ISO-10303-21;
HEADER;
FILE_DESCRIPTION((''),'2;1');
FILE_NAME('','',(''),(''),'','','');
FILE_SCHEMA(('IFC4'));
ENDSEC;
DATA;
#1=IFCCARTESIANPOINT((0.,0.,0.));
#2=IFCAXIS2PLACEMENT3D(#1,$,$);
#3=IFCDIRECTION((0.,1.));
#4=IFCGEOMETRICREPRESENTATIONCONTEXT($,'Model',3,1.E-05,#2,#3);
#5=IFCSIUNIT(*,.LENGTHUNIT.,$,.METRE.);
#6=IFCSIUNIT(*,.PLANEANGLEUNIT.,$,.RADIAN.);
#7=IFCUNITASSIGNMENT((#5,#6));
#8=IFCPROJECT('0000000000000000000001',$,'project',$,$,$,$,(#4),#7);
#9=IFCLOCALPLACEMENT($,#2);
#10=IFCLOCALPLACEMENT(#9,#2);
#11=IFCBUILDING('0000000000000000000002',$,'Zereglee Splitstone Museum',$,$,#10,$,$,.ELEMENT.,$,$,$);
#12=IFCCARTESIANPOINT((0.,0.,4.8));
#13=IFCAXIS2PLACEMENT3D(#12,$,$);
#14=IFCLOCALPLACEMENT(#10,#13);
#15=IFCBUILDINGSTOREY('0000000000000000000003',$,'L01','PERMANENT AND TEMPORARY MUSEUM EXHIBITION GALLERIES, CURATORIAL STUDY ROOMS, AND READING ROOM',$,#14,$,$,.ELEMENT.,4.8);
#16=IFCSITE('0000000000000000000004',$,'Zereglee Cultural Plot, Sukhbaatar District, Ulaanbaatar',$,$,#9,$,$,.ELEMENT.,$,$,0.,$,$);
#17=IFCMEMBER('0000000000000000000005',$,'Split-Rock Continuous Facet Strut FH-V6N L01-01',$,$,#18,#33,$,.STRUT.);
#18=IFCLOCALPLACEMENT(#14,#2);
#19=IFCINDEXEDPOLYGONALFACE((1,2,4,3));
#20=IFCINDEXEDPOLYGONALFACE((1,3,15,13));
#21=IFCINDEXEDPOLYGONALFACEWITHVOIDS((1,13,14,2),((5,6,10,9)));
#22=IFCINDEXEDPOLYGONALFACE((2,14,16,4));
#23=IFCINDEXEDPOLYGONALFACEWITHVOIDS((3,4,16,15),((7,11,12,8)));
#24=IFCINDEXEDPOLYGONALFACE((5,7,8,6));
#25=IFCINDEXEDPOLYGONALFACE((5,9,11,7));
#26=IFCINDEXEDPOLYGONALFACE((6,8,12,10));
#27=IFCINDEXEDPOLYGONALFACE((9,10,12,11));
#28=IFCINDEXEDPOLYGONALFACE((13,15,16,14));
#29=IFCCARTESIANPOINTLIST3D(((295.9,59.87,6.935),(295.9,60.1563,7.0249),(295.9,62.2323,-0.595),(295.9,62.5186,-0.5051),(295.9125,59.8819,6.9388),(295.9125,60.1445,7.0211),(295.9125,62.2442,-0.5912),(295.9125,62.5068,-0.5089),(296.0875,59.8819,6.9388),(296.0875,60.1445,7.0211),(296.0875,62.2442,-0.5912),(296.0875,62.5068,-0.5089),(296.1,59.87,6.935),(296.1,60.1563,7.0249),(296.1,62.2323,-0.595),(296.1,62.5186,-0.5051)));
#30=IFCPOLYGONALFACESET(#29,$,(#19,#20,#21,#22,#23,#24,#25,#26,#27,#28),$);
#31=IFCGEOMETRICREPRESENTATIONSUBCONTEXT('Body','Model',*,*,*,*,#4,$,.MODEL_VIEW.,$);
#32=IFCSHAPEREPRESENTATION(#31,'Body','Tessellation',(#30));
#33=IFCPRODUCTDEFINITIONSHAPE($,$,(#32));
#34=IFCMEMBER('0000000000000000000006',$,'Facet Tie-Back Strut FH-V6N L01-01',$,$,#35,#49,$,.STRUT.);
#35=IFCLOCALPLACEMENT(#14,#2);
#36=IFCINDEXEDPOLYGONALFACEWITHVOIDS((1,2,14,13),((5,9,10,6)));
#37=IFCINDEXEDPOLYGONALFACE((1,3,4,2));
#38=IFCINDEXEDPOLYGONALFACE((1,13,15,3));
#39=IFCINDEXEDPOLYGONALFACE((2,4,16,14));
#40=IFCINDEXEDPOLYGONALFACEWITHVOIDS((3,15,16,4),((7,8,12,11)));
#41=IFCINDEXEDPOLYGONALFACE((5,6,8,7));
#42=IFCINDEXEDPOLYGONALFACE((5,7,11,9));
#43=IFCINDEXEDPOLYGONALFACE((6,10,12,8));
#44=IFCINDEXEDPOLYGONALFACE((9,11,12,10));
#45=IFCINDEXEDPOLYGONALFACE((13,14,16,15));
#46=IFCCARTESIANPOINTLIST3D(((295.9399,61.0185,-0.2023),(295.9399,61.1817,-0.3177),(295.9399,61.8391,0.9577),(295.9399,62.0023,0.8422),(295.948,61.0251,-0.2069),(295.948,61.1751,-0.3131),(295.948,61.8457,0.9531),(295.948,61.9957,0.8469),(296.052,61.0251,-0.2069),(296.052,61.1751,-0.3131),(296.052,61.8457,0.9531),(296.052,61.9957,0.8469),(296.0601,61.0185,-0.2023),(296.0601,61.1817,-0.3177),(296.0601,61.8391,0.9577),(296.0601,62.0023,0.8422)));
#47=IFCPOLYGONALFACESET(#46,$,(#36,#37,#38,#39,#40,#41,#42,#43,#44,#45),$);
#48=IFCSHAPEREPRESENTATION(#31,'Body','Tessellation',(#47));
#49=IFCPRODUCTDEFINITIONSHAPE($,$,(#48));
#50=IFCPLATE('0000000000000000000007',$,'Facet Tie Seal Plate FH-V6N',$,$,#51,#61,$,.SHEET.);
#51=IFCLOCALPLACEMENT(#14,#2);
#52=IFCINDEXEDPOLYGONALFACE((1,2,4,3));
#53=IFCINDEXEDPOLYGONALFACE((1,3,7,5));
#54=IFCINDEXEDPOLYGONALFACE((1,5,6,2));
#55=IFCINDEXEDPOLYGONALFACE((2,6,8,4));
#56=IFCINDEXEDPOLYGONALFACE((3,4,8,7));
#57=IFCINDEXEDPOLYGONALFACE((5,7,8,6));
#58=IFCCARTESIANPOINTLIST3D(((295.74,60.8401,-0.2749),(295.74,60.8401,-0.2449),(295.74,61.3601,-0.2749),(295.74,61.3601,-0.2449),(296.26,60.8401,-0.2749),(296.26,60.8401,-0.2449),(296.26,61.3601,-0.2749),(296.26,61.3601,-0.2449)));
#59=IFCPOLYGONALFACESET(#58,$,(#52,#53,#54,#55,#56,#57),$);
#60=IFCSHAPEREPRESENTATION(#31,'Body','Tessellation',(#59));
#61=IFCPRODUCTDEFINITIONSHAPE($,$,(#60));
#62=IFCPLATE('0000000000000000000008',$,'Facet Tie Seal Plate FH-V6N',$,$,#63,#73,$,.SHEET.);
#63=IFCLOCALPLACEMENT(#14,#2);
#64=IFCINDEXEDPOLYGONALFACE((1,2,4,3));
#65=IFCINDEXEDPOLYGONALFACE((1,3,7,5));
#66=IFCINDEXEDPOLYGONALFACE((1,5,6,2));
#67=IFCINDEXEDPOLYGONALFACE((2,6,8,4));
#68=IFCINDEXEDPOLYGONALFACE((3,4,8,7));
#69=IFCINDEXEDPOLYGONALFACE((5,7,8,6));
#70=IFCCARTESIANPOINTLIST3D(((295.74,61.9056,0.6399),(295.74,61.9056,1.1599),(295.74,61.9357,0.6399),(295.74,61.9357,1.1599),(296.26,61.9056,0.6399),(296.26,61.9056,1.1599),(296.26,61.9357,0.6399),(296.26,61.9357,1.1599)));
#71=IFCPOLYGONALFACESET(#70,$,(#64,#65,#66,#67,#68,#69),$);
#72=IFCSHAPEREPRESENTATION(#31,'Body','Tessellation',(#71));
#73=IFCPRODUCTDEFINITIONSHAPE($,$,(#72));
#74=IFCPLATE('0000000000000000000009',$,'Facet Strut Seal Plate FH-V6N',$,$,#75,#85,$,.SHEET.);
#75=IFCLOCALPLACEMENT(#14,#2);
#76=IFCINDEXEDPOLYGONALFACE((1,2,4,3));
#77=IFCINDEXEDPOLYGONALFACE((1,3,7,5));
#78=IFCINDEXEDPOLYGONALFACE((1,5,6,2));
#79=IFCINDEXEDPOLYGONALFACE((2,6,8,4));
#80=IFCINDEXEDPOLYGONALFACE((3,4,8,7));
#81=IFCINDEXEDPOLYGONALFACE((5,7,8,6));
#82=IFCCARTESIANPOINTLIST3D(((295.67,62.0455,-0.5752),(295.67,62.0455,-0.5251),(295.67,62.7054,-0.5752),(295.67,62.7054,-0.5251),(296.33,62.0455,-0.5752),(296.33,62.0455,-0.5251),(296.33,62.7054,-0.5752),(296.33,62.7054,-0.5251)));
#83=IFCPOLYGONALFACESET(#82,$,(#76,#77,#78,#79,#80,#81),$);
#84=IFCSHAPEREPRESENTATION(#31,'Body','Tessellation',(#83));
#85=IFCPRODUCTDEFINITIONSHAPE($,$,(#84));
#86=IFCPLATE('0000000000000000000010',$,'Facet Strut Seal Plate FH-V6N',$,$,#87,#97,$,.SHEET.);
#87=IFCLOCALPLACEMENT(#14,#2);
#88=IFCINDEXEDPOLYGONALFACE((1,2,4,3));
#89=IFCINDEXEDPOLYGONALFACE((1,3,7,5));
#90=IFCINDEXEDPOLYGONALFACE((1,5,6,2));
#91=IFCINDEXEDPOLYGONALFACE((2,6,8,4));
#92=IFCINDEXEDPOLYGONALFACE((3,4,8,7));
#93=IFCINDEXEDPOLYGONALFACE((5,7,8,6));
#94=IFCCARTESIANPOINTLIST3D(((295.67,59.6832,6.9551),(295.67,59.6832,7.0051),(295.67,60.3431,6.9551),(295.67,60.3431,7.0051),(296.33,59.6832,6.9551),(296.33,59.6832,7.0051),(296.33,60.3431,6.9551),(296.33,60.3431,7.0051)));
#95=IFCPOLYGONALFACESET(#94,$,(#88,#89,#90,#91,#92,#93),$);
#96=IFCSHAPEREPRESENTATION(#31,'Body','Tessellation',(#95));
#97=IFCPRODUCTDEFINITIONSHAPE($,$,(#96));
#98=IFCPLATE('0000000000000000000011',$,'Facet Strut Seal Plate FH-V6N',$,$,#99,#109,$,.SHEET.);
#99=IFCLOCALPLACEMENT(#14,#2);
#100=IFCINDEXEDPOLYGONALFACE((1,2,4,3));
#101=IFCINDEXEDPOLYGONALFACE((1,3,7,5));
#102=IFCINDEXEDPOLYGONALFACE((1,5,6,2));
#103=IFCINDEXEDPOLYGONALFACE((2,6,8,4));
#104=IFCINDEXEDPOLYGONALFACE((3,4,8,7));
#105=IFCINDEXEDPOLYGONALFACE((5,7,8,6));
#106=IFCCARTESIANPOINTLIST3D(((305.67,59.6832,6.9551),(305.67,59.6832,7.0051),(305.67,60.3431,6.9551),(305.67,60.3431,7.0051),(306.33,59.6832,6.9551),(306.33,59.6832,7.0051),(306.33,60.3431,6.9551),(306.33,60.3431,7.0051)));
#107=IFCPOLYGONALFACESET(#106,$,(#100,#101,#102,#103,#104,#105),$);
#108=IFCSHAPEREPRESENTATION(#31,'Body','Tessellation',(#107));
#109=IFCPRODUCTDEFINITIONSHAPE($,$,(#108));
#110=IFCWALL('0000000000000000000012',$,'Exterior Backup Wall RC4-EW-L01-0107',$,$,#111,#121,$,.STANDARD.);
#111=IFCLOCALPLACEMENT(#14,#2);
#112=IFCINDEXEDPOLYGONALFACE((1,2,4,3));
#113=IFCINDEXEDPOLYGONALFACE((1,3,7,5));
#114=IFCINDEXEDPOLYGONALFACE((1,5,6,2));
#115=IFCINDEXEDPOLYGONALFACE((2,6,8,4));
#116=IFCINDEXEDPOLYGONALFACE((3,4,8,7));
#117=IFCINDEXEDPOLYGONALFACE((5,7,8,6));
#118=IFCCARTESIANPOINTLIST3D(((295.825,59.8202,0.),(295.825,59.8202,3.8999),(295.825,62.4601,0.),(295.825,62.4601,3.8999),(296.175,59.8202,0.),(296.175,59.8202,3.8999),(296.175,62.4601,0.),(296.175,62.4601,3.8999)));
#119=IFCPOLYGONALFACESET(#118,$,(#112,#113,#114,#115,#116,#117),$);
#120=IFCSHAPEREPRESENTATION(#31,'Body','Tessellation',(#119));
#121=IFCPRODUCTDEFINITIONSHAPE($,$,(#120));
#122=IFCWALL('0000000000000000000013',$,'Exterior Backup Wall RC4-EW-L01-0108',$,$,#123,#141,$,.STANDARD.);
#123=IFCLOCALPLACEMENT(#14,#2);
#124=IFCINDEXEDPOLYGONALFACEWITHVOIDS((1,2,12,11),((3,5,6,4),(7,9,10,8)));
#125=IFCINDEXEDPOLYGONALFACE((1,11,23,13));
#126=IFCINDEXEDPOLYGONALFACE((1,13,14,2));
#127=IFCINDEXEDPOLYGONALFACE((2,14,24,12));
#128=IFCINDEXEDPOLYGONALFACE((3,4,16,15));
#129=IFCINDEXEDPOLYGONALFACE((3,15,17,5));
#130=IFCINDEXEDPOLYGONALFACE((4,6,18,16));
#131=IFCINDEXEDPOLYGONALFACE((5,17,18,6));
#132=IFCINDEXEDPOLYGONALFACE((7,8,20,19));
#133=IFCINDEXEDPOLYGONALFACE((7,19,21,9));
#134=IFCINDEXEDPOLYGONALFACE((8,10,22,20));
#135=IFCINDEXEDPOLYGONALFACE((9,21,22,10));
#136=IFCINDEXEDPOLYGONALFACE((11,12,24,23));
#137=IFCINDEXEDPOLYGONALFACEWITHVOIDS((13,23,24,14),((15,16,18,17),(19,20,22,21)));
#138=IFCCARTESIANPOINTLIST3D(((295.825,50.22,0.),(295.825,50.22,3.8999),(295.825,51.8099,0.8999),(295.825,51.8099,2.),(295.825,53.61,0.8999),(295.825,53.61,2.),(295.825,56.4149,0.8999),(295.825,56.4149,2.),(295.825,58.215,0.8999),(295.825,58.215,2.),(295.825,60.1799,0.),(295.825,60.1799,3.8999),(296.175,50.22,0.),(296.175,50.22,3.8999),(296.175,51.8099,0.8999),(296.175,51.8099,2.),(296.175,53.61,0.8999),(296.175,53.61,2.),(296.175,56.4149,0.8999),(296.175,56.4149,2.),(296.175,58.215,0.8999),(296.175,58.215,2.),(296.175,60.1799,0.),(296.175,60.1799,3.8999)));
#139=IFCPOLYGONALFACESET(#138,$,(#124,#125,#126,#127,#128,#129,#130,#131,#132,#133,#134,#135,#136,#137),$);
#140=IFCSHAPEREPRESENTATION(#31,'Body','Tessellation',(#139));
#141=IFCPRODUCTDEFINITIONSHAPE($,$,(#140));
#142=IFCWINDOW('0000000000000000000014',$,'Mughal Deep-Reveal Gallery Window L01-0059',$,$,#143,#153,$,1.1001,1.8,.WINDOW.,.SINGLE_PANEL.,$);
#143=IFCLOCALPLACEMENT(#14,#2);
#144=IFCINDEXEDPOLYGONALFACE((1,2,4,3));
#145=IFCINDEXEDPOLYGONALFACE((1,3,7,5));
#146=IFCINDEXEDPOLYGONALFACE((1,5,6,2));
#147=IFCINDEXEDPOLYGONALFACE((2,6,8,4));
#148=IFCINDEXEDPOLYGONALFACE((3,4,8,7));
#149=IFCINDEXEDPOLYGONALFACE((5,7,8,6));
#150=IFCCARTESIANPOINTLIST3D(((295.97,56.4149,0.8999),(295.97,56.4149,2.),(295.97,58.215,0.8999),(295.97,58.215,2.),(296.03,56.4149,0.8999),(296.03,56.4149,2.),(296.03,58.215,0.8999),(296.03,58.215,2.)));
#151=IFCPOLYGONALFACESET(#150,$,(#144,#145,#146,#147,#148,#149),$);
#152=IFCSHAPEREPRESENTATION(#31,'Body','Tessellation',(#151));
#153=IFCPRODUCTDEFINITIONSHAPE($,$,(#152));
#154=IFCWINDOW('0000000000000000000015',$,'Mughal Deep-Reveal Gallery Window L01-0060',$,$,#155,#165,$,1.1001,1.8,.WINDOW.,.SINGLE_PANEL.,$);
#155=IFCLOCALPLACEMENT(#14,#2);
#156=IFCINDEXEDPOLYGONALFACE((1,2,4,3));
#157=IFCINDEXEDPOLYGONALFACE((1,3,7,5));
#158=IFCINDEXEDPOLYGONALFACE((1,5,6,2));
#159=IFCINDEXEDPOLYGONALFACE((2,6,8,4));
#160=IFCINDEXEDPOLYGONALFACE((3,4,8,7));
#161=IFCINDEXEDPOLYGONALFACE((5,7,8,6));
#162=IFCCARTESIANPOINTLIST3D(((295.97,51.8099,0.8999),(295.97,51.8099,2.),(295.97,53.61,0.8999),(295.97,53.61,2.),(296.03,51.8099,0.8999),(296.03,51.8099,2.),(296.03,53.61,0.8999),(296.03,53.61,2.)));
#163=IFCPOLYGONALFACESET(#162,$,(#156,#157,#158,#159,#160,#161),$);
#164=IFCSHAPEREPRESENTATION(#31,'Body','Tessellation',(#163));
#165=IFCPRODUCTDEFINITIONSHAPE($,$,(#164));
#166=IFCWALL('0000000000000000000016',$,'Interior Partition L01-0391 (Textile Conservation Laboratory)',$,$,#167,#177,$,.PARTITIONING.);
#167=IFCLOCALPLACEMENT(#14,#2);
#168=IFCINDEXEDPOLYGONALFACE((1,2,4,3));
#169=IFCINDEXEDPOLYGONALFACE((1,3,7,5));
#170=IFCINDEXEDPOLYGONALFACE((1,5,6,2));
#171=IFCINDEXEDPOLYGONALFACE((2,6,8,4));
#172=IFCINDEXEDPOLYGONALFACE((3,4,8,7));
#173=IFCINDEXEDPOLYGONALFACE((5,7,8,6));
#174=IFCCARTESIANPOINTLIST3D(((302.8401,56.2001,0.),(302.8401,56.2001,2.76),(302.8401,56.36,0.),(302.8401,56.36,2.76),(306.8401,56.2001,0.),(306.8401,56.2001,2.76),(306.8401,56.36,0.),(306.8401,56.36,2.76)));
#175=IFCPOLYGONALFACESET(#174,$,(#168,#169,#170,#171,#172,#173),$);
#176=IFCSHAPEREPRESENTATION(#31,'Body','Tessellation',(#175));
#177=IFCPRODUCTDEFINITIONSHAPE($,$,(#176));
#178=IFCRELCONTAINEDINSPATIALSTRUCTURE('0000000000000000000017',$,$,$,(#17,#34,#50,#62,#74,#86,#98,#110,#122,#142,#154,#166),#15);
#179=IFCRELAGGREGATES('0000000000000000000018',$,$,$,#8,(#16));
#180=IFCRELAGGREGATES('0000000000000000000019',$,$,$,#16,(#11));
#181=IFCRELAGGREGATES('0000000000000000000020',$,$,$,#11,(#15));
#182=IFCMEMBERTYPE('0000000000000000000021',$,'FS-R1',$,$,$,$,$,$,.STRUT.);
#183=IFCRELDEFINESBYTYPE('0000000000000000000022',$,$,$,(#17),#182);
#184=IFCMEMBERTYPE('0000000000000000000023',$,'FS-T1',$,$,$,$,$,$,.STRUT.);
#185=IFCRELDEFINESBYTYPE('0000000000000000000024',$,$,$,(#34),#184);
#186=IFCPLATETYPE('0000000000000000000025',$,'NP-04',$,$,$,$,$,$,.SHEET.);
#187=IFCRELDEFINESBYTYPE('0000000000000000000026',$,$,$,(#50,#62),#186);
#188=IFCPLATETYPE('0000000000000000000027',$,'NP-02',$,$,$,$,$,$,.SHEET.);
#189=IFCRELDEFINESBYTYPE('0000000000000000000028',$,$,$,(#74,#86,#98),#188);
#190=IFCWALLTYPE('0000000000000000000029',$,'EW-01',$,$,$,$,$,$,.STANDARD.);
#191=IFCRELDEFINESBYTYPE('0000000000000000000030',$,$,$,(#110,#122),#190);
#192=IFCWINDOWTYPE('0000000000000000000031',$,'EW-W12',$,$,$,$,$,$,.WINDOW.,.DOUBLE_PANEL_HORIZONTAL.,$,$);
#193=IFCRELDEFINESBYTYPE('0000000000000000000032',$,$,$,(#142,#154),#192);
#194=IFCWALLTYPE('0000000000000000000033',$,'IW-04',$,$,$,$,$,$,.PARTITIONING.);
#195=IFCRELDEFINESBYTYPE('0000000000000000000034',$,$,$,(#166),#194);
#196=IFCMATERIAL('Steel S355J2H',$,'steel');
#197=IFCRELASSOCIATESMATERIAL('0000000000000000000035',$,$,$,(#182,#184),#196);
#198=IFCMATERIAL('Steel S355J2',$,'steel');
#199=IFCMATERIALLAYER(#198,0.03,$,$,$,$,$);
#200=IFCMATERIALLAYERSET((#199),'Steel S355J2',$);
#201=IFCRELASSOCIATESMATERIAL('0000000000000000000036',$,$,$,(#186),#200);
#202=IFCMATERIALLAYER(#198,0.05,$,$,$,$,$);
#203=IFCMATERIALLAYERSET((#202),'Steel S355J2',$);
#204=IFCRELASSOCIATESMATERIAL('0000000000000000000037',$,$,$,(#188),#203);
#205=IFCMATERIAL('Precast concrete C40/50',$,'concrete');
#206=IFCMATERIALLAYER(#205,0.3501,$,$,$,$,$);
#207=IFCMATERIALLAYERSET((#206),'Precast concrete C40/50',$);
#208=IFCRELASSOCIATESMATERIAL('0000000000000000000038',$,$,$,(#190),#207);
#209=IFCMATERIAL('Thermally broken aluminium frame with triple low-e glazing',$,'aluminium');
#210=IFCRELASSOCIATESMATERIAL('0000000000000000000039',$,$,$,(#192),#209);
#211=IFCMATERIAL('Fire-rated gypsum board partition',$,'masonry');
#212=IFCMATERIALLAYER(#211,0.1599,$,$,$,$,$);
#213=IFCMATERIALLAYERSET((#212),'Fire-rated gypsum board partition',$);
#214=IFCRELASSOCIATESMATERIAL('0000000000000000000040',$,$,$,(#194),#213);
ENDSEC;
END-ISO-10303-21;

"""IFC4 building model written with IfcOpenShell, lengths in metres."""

from ifc_helpers import new_model, si_unit, direction, frame, frame_2d, origin, origin_2d, place, context, subcontext, project, spatial, rectangle, hollow_rectangle, extrude, material, layer, layer_set, material_profile, profile_set, type_object, element, fill, save


model = new_model("IFC4")

# Units and contexts
model_context = context("Model", 3, precision=1e-05, world=origin(), true_north=direction((0.0, 1.0)))
body_context = subcontext(model_context, "Body", "Model", "MODEL_VIEW")
ifc_project = project(units=[si_unit("LENGTHUNIT", "METRE"), si_unit("PLANEANGLEUNIT", "RADIAN")], contexts=[model_context])

# Site, building, storey
site_placement = place(None, origin())
site = spatial("IfcSite", under=ifc_project, at=site_placement, Name="Zereglee Cultural Plot, Sukhbaatar District, Ulaanbaatar", CompositionType="ELEMENT", RefElevation=0.0)
building_placement = place(site_placement, origin())
building = spatial("IfcBuilding", under=site, at=building_placement, Name="Zereglee Splitstone Museum", CompositionType="ELEMENT")
storey_placement = place(building_placement, frame((0.0, 0.0, 4.8)))
storey = spatial("IfcBuildingStorey", under=building, at=storey_placement, Name="L01", Description="PERMANENT AND TEMPORARY MUSEUM EXHIBITION GALLERIES, CURATORIAL STUDY ROOMS, AND READING ROOM", CompositionType="ELEMENT", Elevation=4.8)

# Shared definitions
ifc_material_1 = material(Name="Steel S355J2H", Category="steel")
ifc_material_2 = material(Name="Steel S355J2", Category="steel")

# Members
ifc_material_profile_1 = material_profile(ifc_material_1, hollow_rectangle(XDim=0.2, YDim=0.3, WallThickness=0.0125, at=origin_2d()), Name="RHS 300x200x12.5")
ifc_profile_set_1 = profile_set([ifc_material_profile_1], Name="Steel S355J2H")
member_type_1 = type_object("IfcMemberType", Name="FS-R1", PredefinedType="STRUT", material=ifc_profile_set_1)
member_1_placement = place(storey_placement, frame((296.0, 62.3755, -0.55), z_axis=(0.0, -0.299333, 0.954149), x_axis=(1.0, 0.0, 0.0)))
element("IfcMember", 1, at=member_1_placement, inside=storey, type_object=member_type_1, Name="Split-Rock Continuous Facet Strut FH-V6N L01-01", PredefinedType="STRUT", context=body_context, shape_type="SweptSolid", body=[
    extrude(hollow_rectangle(XDim=0.2, YDim=0.3, WallThickness=0.0125, at=origin_2d()), origin(), (0.0, 0.0, 1.0), 7.8918),
])
ifc_material_profile_2 = material_profile(ifc_material_1, hollow_rectangle(XDim=0.1201, YDim=0.2, WallThickness=0.0081, at=origin_2d()), Name="RHS 200x120x8")
ifc_profile_set_2 = profile_set([ifc_material_profile_2], Name="Steel S355J2H")
member_type_2 = type_object("IfcMemberType", Name="FS-T1", PredefinedType="STRUT", material=ifc_profile_set_2)
member_2_placement = place(storey_placement, frame((296.0, 61.1001, -0.26), z_axis=(0.0, 0.577526, 0.816372), x_axis=(-1.0, 0.0, 0.0)))
element("IfcMember", 2, at=member_2_placement, inside=storey, type_object=member_type_2, Name="Facet Tie-Back Strut FH-V6N L01-01", PredefinedType="STRUT", context=body_context, shape_type="SweptSolid", body=[
    extrude(hollow_rectangle(XDim=0.1201, YDim=0.2, WallThickness=0.0081, at=origin_2d()), origin(), (0.0, 0.0, 1.0), 1.4209),
])

# Plates
ifc_layer_1 = layer(ifc_material_2, 0.03)
ifc_layer_set_1 = layer_set([ifc_layer_1], Name="Steel S355J2")
plate_type_1 = type_object("IfcPlateType", Name="NP-04", PredefinedType="SHEET", material=ifc_layer_set_1)
plate_1_placement = place(storey_placement, frame((296.0, 61.1001, -0.2749), z_axis=(0.0, 0.0, 1.0), x_axis=(1.0, 0.0, 0.0)))
element("IfcPlate", 3, at=plate_1_placement, inside=storey, type_object=plate_type_1, Name="Facet Tie Seal Plate FH-V6N", PredefinedType="SHEET", context=body_context, shape_type="SweptSolid", body=[
    extrude(rectangle(XDim=0.52, YDim=0.52, at=origin_2d()), origin(), (0.0, 0.0, 1.0), 0.03),
])
plate_2_placement = place(storey_placement, frame((296.0, 61.9207, 0.6399), z_axis=(0.0, 0.0, 1.0), x_axis=(1.0, 0.0, 0.0)))
element("IfcPlate", 4, at=plate_2_placement, inside=storey, type_object=plate_type_1, Name="Facet Tie Seal Plate FH-V6N", PredefinedType="SHEET", context=body_context, shape_type="SweptSolid", body=[
    extrude(rectangle(XDim=0.52, YDim=0.03, at=origin_2d()), origin(), (0.0, 0.0, 1.0), 0.52),
])
ifc_layer_2 = layer(ifc_material_2, 0.05)
ifc_layer_set_2 = layer_set([ifc_layer_2], Name="Steel S355J2")
plate_type_2 = type_object("IfcPlateType", Name="NP-02", PredefinedType="SHEET", material=ifc_layer_set_2)
for number, where, z_axis, x_axis, name in (
    (5, (296.0, 62.3755, -0.5752), (0.0, 0.0, 1.0), (1.0, 0.0, 0.0), "Facet Strut Seal Plate FH-V6N"),
    (6, (296.0, 60.0132, 6.9551), (0.0, 0.0, 1.0), (1.0, 0.0, 0.0), "Facet Strut Seal Plate FH-V6N"),
    (7, (306.0, 60.0132, 6.9551), (0.0, 0.0, 1.0), (1.0, 0.0, 0.0), "Facet Strut Seal Plate FH-V6N"),
):
    element("IfcPlate", number, at=place(storey_placement, frame(where, z_axis=z_axis, x_axis=x_axis)), inside=storey, type_object=plate_type_2, Name=name, PredefinedType="SHEET", context=body_context, shape_type="SweptSolid", body=[
        extrude(rectangle(XDim=0.6599, YDim=0.6599, at=origin_2d()), origin(), (0.0, 0.0, 1.0), 0.05),
    ])

# Wall
ifc_material_3 = material(Name="Precast concrete C40/50", Category="concrete")
ifc_layer_3 = layer(ifc_material_3, 0.3501)
ifc_layer_set_3 = layer_set([ifc_layer_3], Name="Precast concrete C40/50")
wall_type_1 = type_object("IfcWallType", Name="EW-01", PredefinedType="STANDARD", material=ifc_layer_set_3)
wall_1_placement = place(storey_placement, frame((296.0, 62.46, 0.0), z_axis=(0.0, 0.0, 1.0), x_axis=(0.0, -1.0, 0.0)))
element("IfcWall", 8, at=wall_1_placement, inside=storey, type_object=wall_type_1, Name="Exterior Backup Wall RC4-EW-L01-0107", PredefinedType="STANDARD", context=body_context, shape_type="SweptSolid", body=[
    extrude(rectangle(XDim=2.6399, YDim=0.3501, at=frame_2d((1.3198, 0.0))), origin(), (0.0, 0.0, 1.0), 3.8999),
])

# Wall, openings, windows
wall_2_placement = place(storey_placement, frame((296.0, 60.1799, 0.0), z_axis=(0.0, 0.0, 1.0), x_axis=(0.0, -1.0, 0.0)))
wall_2 = element("IfcWall", 9, at=wall_2_placement, inside=storey, type_object=wall_type_1, Name="Exterior Backup Wall RC4-EW-L01-0108", PredefinedType="STANDARD", context=body_context, shape_type="SweptSolid", body=[
    extrude(rectangle(XDim=9.96, YDim=0.3501, at=frame_2d((4.98, 0.0))), origin(), (0.0, 0.0, 1.0), 3.8999),
])
opening_1_placement = place(wall_2_placement, frame((1.9651, 0.0, 0.8999)))
opening_1 = element("IfcOpeningElement", 10, at=opening_1_placement, cuts=wall_2, PredefinedType="OPENING", context=body_context, shape_type="SweptSolid", body=[
    extrude(rectangle(XDim=1.8, YDim=1.1001, at=frame_2d((0.8999, 0.55))), frame((0.0, 0.1899, 0.0), z_axis=(0.0, -1.0, 0.0), x_axis=(1.0, 0.0, 0.0)), (0.0, 0.0, 1.0), 0.3799),
])
opening_2_placement = place(wall_2_placement, frame((6.5701, 0.0, 0.8999)))
opening_2 = element("IfcOpeningElement", 11, at=opening_2_placement, cuts=wall_2, PredefinedType="OPENING", context=body_context, shape_type="SweptSolid", body=[
    extrude(rectangle(XDim=1.8, YDim=1.1001, at=frame_2d((0.8999, 0.55))), frame((0.0, 0.1899, 0.0), z_axis=(0.0, -1.0, 0.0), x_axis=(1.0, 0.0, 0.0)), (0.0, 0.0, 1.0), 0.3799),
])
ifc_material_4 = material(Name="Thermally broken aluminium frame with triple low-e glazing", Category="aluminium")
window_type = type_object("IfcWindowType", Name="EW-W12", PartitioningType="DOUBLE_PANEL_HORIZONTAL", PredefinedType="WINDOW", material=ifc_material_4)
window_1_placement = place(opening_1_placement, origin())
window_1 = element("IfcWindow", 12, at=window_1_placement, inside=storey, type_object=window_type, Name="Mughal Deep-Reveal Gallery Window L01-0059", OverallHeight=1.1001, OverallWidth=1.8, PartitioningType="SINGLE_PANEL", PredefinedType="WINDOW", context=body_context, shape_type="SweptSolid", body=[
    extrude(rectangle(XDim=1.8, YDim=1.1001, at=frame_2d((0.8999, 0.55))), frame((0.0, 0.03, 0.0), z_axis=(0.0, -1.0, 0.0), x_axis=(1.0, 0.0, 0.0)), (0.0, 0.0, 1.0), 0.0601),
])
fill(opening_1, window_1)
window_2_placement = place(opening_2_placement, origin())
window_2 = element("IfcWindow", 13, at=window_2_placement, inside=storey, type_object=window_type, Name="Mughal Deep-Reveal Gallery Window L01-0060", OverallHeight=1.1001, OverallWidth=1.8, PartitioningType="SINGLE_PANEL", PredefinedType="WINDOW", context=body_context, shape_type="SweptSolid", body=[
    extrude(rectangle(XDim=1.8, YDim=1.1001, at=frame_2d((0.8999, 0.55))), frame((0.0, 0.03, 0.0), z_axis=(0.0, -1.0, 0.0), x_axis=(1.0, 0.0, 0.0)), (0.0, 0.0, 1.0), 0.0601),
])
fill(opening_2, window_2)

# Wall
ifc_material_5 = material(Name="Fire-rated gypsum board partition", Category="masonry")
ifc_layer_4 = layer(ifc_material_5, 0.1599)
ifc_layer_set_4 = layer_set([ifc_layer_4], Name="Fire-rated gypsum board partition")
wall_type_2 = type_object("IfcWallType", Name="IW-04", PredefinedType="PARTITIONING", material=ifc_layer_set_4)
wall_3_placement = place(storey_placement, frame((302.8401, 56.28, 0.0), z_axis=(0.0, 0.0, 1.0), x_axis=(1.0, 0.0, 0.0)))
element("IfcWall", 14, at=wall_3_placement, inside=storey, type_object=wall_type_2, Name="Interior Partition L01-0391 (Textile Conservation Laboratory)", PredefinedType="PARTITIONING", context=body_context, shape_type="SweptSolid", body=[
    extrude(rectangle(XDim=4.0, YDim=0.1599, at=frame_2d((2.0, 0.0))), origin(), (0.0, 0.0, 1.0), 2.76),
])

save(model, "model.ifc")
